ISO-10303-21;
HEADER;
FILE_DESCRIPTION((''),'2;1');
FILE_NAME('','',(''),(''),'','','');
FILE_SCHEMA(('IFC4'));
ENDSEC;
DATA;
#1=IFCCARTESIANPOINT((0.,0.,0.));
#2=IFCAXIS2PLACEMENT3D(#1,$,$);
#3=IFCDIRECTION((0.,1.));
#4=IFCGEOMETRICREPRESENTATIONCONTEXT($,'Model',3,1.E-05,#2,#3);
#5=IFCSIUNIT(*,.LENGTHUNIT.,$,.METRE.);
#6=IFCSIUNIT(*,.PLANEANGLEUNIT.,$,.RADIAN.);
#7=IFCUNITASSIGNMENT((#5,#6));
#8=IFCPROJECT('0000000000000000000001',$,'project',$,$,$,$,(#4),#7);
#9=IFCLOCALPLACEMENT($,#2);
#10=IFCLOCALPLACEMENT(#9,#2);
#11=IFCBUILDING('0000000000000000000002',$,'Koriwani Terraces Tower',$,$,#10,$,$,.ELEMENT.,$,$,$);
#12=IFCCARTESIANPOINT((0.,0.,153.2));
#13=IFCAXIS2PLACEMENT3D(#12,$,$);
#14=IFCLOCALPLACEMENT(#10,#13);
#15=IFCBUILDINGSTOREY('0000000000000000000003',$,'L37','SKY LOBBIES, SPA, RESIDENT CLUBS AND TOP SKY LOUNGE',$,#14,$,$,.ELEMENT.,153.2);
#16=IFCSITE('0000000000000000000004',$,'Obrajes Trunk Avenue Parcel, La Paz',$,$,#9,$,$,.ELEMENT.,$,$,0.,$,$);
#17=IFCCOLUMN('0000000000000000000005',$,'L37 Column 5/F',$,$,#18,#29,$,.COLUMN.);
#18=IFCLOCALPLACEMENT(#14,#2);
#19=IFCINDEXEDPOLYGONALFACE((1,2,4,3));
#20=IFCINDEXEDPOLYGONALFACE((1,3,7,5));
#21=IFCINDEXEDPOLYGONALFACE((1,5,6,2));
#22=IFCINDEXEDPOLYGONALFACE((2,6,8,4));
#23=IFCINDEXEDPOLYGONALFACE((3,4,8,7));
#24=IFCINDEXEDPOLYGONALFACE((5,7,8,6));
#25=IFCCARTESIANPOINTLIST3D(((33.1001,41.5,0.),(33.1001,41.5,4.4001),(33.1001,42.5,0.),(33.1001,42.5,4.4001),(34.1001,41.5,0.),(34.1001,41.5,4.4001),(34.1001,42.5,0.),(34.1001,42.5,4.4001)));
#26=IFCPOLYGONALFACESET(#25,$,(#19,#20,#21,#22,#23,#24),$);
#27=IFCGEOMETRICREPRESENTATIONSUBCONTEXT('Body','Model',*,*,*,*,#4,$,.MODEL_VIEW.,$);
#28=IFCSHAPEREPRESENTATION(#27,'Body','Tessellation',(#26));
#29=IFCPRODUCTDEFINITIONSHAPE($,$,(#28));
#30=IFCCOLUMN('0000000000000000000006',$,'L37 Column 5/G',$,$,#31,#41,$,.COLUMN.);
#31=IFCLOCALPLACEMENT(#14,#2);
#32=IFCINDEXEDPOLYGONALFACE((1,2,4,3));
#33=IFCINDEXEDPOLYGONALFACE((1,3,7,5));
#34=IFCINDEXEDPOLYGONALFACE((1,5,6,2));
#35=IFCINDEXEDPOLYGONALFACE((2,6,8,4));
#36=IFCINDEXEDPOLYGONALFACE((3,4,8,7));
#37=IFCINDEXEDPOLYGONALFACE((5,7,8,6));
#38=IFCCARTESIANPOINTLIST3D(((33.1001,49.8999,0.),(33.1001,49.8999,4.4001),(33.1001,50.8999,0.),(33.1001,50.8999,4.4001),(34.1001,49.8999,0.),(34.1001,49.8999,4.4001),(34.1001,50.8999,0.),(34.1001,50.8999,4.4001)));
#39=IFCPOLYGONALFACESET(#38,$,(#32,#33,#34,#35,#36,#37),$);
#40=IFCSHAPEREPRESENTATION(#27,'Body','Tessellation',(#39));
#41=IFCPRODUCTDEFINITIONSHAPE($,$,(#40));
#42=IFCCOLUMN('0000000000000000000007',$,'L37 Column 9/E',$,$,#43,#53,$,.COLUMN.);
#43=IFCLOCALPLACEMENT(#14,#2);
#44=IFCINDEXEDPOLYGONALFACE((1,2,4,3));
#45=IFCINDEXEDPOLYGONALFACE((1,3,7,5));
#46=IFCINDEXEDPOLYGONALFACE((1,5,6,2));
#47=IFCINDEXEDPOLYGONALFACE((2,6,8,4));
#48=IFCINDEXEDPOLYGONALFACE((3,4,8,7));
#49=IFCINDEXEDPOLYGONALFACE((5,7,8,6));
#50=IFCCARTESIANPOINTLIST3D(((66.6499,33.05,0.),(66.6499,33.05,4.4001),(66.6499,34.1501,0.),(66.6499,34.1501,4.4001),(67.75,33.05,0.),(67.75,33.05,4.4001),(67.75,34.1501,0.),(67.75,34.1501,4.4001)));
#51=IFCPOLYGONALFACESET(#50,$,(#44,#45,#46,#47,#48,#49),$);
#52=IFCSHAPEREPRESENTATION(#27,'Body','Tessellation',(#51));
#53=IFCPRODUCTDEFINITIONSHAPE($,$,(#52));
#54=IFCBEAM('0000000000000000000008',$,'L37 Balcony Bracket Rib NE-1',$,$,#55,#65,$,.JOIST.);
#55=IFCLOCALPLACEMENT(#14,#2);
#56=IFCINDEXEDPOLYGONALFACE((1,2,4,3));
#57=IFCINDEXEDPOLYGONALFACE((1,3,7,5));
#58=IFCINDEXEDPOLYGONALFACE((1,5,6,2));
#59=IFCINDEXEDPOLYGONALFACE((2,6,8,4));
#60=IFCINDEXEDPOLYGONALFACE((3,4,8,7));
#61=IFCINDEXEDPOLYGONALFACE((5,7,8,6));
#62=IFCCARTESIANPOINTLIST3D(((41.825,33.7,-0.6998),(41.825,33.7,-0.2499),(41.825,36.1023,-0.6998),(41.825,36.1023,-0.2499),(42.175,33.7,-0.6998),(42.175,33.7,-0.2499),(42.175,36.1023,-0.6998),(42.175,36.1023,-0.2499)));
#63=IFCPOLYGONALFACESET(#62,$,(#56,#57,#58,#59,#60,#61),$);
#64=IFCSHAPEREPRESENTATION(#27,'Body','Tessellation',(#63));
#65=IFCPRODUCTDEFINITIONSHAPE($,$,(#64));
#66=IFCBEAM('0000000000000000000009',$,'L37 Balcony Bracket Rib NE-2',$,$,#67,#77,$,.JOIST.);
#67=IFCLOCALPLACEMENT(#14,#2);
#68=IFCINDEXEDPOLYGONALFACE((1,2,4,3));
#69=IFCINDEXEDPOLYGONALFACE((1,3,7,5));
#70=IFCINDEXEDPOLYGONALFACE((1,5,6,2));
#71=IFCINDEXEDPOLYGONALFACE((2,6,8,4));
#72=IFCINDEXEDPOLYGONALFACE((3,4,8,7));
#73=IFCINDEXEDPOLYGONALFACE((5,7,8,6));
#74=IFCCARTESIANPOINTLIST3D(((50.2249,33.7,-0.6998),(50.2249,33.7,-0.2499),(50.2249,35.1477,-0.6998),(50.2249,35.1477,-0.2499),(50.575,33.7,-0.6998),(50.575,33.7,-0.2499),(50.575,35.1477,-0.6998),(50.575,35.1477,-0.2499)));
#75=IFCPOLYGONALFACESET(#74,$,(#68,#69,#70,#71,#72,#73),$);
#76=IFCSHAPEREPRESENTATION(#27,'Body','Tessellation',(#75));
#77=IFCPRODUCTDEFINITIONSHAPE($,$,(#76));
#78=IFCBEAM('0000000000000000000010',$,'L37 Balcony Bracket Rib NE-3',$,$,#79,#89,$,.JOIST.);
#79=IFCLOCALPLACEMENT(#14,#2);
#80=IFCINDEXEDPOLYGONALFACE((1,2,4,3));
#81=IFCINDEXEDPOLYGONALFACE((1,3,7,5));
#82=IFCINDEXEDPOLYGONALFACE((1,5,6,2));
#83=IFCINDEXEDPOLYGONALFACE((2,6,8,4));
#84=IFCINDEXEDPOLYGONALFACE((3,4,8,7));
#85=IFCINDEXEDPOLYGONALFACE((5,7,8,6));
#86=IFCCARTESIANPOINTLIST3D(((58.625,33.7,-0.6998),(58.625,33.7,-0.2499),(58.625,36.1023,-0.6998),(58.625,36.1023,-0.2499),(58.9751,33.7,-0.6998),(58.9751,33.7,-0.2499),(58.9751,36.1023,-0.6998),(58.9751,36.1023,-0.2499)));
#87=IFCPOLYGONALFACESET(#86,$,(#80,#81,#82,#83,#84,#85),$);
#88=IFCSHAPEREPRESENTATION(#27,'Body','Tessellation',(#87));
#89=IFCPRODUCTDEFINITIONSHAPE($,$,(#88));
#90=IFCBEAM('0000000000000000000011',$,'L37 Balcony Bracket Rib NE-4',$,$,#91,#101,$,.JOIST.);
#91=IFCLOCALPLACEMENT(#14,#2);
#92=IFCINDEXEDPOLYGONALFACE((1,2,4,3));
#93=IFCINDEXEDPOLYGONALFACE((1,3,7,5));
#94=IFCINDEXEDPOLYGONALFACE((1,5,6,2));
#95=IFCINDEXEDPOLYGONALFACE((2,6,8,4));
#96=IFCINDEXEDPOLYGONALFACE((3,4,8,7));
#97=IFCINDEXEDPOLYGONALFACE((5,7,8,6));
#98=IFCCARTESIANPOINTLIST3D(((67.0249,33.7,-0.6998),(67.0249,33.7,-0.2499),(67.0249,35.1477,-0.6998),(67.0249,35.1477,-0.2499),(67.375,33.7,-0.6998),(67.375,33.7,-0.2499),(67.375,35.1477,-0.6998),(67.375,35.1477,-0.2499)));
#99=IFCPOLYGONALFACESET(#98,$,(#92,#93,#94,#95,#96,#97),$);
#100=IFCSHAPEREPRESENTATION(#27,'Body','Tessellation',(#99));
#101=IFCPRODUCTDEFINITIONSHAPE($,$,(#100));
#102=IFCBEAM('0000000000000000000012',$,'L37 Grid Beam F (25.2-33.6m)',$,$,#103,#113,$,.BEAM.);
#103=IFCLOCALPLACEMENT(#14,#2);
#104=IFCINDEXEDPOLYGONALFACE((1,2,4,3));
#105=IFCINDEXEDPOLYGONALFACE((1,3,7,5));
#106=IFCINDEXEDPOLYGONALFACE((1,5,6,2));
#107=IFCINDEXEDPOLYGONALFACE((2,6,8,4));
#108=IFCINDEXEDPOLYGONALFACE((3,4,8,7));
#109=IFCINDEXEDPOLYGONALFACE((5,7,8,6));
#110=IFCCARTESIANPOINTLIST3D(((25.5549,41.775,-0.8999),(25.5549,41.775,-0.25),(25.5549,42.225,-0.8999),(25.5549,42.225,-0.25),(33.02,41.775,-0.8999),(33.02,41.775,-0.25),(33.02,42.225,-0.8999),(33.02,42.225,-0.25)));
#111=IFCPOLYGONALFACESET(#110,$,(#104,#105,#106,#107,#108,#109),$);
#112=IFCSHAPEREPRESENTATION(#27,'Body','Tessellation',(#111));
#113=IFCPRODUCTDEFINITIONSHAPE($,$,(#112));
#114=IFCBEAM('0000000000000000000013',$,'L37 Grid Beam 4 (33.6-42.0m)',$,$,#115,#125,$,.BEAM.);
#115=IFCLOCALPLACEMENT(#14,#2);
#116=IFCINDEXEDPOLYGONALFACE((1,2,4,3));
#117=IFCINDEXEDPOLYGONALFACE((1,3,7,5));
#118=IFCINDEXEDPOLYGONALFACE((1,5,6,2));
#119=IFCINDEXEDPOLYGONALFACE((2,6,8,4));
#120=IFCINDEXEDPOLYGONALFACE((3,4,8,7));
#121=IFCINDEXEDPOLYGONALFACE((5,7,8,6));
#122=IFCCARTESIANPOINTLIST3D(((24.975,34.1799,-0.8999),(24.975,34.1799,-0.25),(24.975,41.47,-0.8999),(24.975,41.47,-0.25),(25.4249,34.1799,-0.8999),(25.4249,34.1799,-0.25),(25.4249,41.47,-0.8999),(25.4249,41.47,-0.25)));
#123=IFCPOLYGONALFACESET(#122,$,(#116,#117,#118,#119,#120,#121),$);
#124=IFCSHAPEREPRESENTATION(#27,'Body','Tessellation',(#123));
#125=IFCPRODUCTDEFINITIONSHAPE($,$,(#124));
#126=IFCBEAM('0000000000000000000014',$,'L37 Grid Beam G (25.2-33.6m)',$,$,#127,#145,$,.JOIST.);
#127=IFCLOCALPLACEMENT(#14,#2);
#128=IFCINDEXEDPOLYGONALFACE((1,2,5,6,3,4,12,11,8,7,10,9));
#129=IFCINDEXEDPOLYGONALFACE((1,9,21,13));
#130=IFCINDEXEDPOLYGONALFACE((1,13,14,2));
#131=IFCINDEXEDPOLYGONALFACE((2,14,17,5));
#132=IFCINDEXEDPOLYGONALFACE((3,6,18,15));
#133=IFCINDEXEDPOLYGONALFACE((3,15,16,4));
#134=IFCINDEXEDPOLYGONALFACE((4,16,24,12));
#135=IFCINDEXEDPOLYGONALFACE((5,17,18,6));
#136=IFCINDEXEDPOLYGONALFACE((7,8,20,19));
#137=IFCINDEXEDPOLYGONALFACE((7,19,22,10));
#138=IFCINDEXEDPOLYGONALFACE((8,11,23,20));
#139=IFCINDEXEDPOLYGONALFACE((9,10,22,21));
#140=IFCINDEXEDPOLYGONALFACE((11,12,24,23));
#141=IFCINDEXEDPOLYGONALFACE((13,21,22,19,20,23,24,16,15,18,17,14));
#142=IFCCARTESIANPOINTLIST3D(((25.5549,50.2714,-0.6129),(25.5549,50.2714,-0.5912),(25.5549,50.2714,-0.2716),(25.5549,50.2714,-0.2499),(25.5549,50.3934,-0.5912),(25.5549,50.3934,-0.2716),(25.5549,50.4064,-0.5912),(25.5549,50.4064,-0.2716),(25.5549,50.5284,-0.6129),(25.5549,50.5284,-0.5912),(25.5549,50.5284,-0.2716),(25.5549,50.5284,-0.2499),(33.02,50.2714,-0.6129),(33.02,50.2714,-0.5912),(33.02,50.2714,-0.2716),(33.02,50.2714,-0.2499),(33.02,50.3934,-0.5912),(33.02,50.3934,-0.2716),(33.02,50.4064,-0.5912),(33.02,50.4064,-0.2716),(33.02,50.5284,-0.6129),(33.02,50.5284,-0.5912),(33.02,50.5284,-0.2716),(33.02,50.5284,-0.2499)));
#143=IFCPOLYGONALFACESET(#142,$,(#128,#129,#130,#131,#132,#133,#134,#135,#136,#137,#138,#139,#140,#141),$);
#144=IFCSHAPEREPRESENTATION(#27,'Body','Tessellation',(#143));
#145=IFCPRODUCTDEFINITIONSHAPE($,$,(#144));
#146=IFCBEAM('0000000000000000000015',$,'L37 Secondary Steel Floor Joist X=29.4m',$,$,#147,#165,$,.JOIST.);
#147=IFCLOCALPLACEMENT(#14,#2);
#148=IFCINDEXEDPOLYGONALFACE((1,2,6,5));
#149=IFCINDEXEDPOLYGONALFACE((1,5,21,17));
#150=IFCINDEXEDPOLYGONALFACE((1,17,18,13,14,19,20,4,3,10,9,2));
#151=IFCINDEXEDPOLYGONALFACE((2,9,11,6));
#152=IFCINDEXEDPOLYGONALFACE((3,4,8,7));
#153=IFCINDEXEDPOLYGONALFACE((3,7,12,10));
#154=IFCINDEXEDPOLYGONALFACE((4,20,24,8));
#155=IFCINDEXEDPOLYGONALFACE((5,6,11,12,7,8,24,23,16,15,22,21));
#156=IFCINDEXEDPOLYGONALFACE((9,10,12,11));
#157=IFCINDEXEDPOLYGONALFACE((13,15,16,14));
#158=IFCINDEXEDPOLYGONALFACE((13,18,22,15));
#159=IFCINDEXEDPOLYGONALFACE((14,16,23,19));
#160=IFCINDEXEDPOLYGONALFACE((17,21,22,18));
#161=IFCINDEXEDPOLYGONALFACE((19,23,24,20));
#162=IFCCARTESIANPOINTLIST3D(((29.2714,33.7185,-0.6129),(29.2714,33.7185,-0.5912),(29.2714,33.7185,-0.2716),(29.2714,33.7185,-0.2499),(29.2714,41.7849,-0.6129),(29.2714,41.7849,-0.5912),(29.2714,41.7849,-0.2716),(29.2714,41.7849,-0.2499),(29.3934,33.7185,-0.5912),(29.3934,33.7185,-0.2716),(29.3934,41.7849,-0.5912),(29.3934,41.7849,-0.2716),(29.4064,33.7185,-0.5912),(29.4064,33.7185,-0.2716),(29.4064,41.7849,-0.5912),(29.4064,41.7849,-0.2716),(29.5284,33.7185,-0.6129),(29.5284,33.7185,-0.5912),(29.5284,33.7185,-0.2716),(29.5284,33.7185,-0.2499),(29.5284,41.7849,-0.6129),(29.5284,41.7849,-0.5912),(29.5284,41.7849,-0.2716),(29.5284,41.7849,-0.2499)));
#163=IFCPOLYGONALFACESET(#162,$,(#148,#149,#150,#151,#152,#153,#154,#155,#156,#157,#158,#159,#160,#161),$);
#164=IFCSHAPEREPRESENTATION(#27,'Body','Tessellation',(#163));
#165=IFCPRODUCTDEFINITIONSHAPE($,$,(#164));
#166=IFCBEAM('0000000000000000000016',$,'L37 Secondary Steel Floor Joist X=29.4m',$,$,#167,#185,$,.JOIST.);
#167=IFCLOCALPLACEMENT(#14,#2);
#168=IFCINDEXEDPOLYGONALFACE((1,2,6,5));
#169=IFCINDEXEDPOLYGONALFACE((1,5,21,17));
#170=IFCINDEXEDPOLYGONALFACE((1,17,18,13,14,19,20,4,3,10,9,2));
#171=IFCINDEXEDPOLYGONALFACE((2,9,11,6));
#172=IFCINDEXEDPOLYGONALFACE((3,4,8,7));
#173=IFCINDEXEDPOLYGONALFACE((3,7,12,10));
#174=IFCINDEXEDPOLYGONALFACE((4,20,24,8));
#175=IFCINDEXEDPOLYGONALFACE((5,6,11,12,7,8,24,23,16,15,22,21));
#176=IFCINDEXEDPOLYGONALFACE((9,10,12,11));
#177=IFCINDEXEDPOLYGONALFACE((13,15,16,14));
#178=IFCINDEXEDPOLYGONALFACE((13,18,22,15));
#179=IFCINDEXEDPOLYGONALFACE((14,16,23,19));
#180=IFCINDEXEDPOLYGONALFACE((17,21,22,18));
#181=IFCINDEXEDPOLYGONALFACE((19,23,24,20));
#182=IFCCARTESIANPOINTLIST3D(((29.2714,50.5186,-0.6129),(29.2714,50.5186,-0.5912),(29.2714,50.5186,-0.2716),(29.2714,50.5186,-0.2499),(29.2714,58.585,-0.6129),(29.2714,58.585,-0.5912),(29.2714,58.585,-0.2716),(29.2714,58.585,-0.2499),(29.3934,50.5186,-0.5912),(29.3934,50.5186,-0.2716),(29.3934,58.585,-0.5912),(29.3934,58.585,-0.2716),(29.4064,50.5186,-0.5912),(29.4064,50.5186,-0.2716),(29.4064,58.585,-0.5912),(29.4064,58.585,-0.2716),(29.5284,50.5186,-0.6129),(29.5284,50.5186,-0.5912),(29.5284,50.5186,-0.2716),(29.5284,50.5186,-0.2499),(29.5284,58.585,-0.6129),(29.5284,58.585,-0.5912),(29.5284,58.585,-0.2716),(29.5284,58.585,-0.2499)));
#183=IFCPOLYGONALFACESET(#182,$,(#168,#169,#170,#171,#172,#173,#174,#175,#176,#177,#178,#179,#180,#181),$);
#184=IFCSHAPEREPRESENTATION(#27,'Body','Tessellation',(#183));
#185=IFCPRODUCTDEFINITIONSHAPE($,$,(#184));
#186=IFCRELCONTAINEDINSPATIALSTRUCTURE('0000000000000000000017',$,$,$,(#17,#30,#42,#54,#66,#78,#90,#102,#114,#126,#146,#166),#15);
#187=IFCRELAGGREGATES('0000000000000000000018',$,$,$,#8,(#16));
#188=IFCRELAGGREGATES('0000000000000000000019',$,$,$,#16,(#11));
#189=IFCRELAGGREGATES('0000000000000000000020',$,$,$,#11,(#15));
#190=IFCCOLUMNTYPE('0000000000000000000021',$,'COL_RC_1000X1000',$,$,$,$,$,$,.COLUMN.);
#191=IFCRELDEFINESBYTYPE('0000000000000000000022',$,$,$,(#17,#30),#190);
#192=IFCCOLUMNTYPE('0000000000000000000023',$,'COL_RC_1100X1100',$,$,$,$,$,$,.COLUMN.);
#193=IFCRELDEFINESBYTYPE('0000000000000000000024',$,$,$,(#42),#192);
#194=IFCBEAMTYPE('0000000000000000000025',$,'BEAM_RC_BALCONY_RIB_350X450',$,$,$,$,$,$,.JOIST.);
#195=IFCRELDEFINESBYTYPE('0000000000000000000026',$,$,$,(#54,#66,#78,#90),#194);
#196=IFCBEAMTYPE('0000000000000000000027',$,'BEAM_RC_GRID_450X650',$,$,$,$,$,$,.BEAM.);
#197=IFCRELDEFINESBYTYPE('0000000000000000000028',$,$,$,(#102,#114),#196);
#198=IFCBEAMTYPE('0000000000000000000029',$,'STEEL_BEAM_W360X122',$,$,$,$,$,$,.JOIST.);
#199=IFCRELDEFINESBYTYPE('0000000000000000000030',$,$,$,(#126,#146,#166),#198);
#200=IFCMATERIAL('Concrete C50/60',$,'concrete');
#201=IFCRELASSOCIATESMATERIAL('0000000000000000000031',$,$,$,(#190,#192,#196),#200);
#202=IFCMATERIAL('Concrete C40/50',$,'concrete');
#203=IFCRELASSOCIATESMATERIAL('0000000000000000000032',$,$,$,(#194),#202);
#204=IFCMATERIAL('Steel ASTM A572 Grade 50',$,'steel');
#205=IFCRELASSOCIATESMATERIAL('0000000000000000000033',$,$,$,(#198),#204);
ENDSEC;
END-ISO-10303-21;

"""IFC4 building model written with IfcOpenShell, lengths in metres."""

from ifc_helpers import new_model, si_unit, direction, frame, origin, origin_2d, place, context, subcontext, project, spatial, rectangle, i_section, extrude, material, material_profile, profile_set, type_object, element, save


model = new_model("IFC4")

# Units and contexts
model_context = context("Model", 3, precision=1e-05, world=origin(), true_north=direction((0.0, 1.0)))
body_context = subcontext(model_context, "Body", "Model", "MODEL_VIEW")
ifc_project = project(units=[si_unit("LENGTHUNIT", "METRE"), si_unit("PLANEANGLEUNIT", "RADIAN")], contexts=[model_context])

# Site, building, storey
site_placement = place(None, origin())
site = spatial("IfcSite", under=ifc_project, at=site_placement, Name="Obrajes Trunk Avenue Parcel, La Paz", CompositionType="ELEMENT", RefElevation=0.0)
building_placement = place(site_placement, origin())
building = spatial("IfcBuilding", under=site, at=building_placement, Name="Koriwani Terraces Tower", CompositionType="ELEMENT")
storey_placement = place(building_placement, frame((0.0, 0.0, 153.2)))
storey = spatial("IfcBuildingStorey", under=building, at=storey_placement, Name="L37", Description="SKY LOBBIES, SPA, RESIDENT CLUBS AND TOP SKY LOUNGE", CompositionType="ELEMENT", Elevation=153.2)

# Columns
ifc_material_1 = material(Name="Concrete C50/60", Category="concrete")
ifc_material_profile_1 = material_profile(ifc_material_1, rectangle(XDim=1.0, YDim=1.0, at=origin_2d()), Name="Concrete C50/60", Category="LoadBearing")
ifc_profile_set_1 = profile_set([ifc_material_profile_1], Name="Concrete C50/60")
column_type_1 = type_object("IfcColumnType", Name="COL_RC_1000X1000", PredefinedType="COLUMN", material=ifc_profile_set_1)
for number, where, z_axis, x_axis, name in (
    (1, (33.6001, 42.0, 0.0), (0.0, 0.0, 1.0), (1.0, 0.0, 0.0), "L37 Column 5/F"),
    (2, (33.6001, 50.3999, 0.0), (0.0, 0.0, 1.0), (1.0, 0.0, 0.0), "L37 Column 5/G"),
):
    element("IfcColumn", number, at=place(storey_placement, frame(where, z_axis=z_axis, x_axis=x_axis)), inside=storey, type_object=column_type_1, Name=name, PredefinedType="COLUMN", context=body_context, shape_type="SweptSolid", body=[
        extrude(rectangle(XDim=1.0, YDim=1.0, at=origin_2d()), origin(), (0.0, 0.0, 1.0), 4.4001),
    ])
ifc_material_profile_2 = material_profile(ifc_material_1, rectangle(XDim=1.1001, YDim=1.1001, at=origin_2d()), Name="Concrete C50/60", Category="LoadBearing")
ifc_profile_set_2 = profile_set([ifc_material_profile_2], Name="Concrete C50/60")
column_type_2 = type_object("IfcColumnType", Name="COL_RC_1100X1100", PredefinedType="COLUMN", material=ifc_profile_set_2)
column_placement = place(storey_placement, frame((67.2, 33.6001, 0.0), z_axis=(0.0, 0.0, 1.0), x_axis=(1.0, 0.0, 0.0)))
element("IfcColumn", 3, at=column_placement, inside=storey, type_object=column_type_2, Name="L37 Column 9/E", PredefinedType="COLUMN", context=body_context, shape_type="SweptSolid", body=[
    extrude(rectangle(XDim=1.1001, YDim=1.1001, at=origin_2d()), origin(), (0.0, 0.0, 1.0), 4.4001),
])

# Beams
ifc_material_2 = material(Name="Concrete C40/50", Category="concrete")
ifc_material_profile_3 = material_profile(ifc_material_2, rectangle(XDim=0.3501, YDim=0.45, at=origin_2d()), Name="Concrete C40/50", Category="LoadBearing")
ifc_profile_set_3 = profile_set([ifc_material_profile_3], Name="Concrete C40/50")
beam_type_1 = type_object("IfcBeamType", Name="BEAM_RC_BALCONY_RIB_350X450", PredefinedType="JOIST", material=ifc_profile_set_3)
beam_1_placement = place(storey_placement, frame((42.0, 33.7, -0.4749), z_axis=(0.0, 1.0, 0.0), x_axis=(-1.0, 0.0, 0.0)))
element("IfcBeam", 4, at=beam_1_placement, inside=storey, type_object=beam_type_1, Name="L37 Balcony Bracket Rib NE-1", PredefinedType="JOIST", context=body_context, shape_type="SweptSolid", body=[
    extrude(rectangle(XDim=0.3501, YDim=0.45, at=origin_2d()), origin(), (0.0, 0.0, 1.0), 2.4023),
])
beam_2_placement = place(storey_placement, frame((50.3999, 33.7, -0.4749), z_axis=(0.0, 1.0, 0.0), x_axis=(-1.0, 0.0, 0.0)))
element("IfcBeam", 5, at=beam_2_placement, inside=storey, type_object=beam_type_1, Name="L37 Balcony Bracket Rib NE-2", PredefinedType="JOIST", context=body_context, shape_type="SweptSolid", body=[
    extrude(rectangle(XDim=0.3501, YDim=0.45, at=origin_2d()), origin(), (0.0, 0.0, 1.0), 1.4478),
])
beam_3_placement = place(storey_placement, frame((58.8, 33.7, -0.4749), z_axis=(0.0, 1.0, 0.0), x_axis=(-1.0, 0.0, 0.0)))
element("IfcBeam", 6, at=beam_3_placement, inside=storey, type_object=beam_type_1, Name="L37 Balcony Bracket Rib NE-3", PredefinedType="JOIST", context=body_context, shape_type="SweptSolid", body=[
    extrude(rectangle(XDim=0.3501, YDim=0.45, at=origin_2d()), origin(), (0.0, 0.0, 1.0), 2.4023),
])
beam_4_placement = place(storey_placement, frame((67.2, 33.7, -0.4749), z_axis=(0.0, 1.0, 0.0), x_axis=(-1.0, 0.0, 0.0)))
element("IfcBeam", 7, at=beam_4_placement, inside=storey, type_object=beam_type_1, Name="L37 Balcony Bracket Rib NE-4", PredefinedType="JOIST", context=body_context, shape_type="SweptSolid", body=[
    extrude(rectangle(XDim=0.3501, YDim=0.45, at=origin_2d()), origin(), (0.0, 0.0, 1.0), 1.4478),
])
ifc_material_profile_4 = material_profile(ifc_material_1, rectangle(XDim=0.45, YDim=0.6499, at=origin_2d()), Name="Concrete C50/60", Category="LoadBearing")
ifc_profile_set_4 = profile_set([ifc_material_profile_4], Name="Concrete C50/60")
beam_type_2 = type_object("IfcBeamType", Name="BEAM_RC_GRID_450X650", PredefinedType="BEAM", material=ifc_profile_set_4)
beam_5_placement = place(storey_placement, frame((25.5549, 42.0, -0.575), z_axis=(1.0, 0.0, 0.0), x_axis=(0.0, 1.0, 0.0)))
element("IfcBeam", 8, at=beam_5_placement, inside=storey, type_object=beam_type_2, Name="L37 Grid Beam F (25.2-33.6m)", PredefinedType="BEAM", context=body_context, shape_type="SweptSolid", body=[
    extrude(rectangle(XDim=0.45, YDim=0.6499, at=origin_2d()), origin(), (0.0, 0.0, 1.0), 7.4651),
])
beam_6_placement = place(storey_placement, frame((25.2, 34.1799, -0.575), z_axis=(0.0, 1.0, 0.0), x_axis=(-1.0, 0.0, 0.0)))
element("IfcBeam", 9, at=beam_6_placement, inside=storey, type_object=beam_type_2, Name="L37 Grid Beam 4 (33.6-42.0m)", PredefinedType="BEAM", context=body_context, shape_type="SweptSolid", body=[
    extrude(rectangle(XDim=0.45, YDim=0.6499, at=origin_2d()), origin(), (0.0, 0.0, 1.0), 7.29),
])
ifc_material_3 = material(Name="Steel ASTM A572 Grade 50", Category="steel")
ifc_material_profile_5 = material_profile(ifc_material_3, i_section(OverallWidth=0.2571, OverallDepth=0.363, WebThickness=0.0129, FlangeThickness=0.0217, at=origin_2d()), Name="Steel ASTM A572 Grade 50", Category="LoadBearing")
ifc_profile_set_5 = profile_set([ifc_material_profile_5], Name="Steel ASTM A572 Grade 50")
beam_type_3 = type_object("IfcBeamType", Name="STEEL_BEAM_W360X122", PredefinedType="JOIST", material=ifc_profile_set_5)
beam_7_placement = place(storey_placement, frame((25.5549, 50.3999, -0.4314), z_axis=(1.0, 0.0, 0.0), x_axis=(0.0, 1.0, 0.0)))
element("IfcBeam", 10, at=beam_7_placement, inside=storey, type_object=beam_type_3, Name="L37 Grid Beam G (25.2-33.6m)", PredefinedType="JOIST", context=body_context, shape_type="SweptSolid", body=[
    extrude(i_section(OverallWidth=0.2571, OverallDepth=0.363, WebThickness=0.0129, FlangeThickness=0.0217, at=origin_2d()), origin(), (0.0, 0.0, 1.0), 7.4651),
])
for number, where, z_axis, x_axis, name in (
    (11, (29.3999, 33.7185, -0.4314), (0.0, 1.0, 0.0), (-1.0, 0.0, 0.0), "L37 Secondary Steel Floor Joist X=29.4m"),
    (12, (29.3999, 50.5186, -0.4314), (0.0, 1.0, 0.0), (-1.0, 0.0, 0.0), "L37 Secondary Steel Floor Joist X=29.4m"),
):
    element("IfcBeam", number, at=place(storey_placement, frame(where, z_axis=z_axis, x_axis=x_axis)), inside=storey, type_object=beam_type_3, Name=name, PredefinedType="JOIST", context=body_context, shape_type="SweptSolid", body=[
        extrude(i_section(OverallWidth=0.2571, OverallDepth=0.363, WebThickness=0.0129, FlangeThickness=0.0217, at=origin_2d()), origin(), (0.0, 0.0, 1.0), 8.0664),
    ])

save(model, "model.ifc")
